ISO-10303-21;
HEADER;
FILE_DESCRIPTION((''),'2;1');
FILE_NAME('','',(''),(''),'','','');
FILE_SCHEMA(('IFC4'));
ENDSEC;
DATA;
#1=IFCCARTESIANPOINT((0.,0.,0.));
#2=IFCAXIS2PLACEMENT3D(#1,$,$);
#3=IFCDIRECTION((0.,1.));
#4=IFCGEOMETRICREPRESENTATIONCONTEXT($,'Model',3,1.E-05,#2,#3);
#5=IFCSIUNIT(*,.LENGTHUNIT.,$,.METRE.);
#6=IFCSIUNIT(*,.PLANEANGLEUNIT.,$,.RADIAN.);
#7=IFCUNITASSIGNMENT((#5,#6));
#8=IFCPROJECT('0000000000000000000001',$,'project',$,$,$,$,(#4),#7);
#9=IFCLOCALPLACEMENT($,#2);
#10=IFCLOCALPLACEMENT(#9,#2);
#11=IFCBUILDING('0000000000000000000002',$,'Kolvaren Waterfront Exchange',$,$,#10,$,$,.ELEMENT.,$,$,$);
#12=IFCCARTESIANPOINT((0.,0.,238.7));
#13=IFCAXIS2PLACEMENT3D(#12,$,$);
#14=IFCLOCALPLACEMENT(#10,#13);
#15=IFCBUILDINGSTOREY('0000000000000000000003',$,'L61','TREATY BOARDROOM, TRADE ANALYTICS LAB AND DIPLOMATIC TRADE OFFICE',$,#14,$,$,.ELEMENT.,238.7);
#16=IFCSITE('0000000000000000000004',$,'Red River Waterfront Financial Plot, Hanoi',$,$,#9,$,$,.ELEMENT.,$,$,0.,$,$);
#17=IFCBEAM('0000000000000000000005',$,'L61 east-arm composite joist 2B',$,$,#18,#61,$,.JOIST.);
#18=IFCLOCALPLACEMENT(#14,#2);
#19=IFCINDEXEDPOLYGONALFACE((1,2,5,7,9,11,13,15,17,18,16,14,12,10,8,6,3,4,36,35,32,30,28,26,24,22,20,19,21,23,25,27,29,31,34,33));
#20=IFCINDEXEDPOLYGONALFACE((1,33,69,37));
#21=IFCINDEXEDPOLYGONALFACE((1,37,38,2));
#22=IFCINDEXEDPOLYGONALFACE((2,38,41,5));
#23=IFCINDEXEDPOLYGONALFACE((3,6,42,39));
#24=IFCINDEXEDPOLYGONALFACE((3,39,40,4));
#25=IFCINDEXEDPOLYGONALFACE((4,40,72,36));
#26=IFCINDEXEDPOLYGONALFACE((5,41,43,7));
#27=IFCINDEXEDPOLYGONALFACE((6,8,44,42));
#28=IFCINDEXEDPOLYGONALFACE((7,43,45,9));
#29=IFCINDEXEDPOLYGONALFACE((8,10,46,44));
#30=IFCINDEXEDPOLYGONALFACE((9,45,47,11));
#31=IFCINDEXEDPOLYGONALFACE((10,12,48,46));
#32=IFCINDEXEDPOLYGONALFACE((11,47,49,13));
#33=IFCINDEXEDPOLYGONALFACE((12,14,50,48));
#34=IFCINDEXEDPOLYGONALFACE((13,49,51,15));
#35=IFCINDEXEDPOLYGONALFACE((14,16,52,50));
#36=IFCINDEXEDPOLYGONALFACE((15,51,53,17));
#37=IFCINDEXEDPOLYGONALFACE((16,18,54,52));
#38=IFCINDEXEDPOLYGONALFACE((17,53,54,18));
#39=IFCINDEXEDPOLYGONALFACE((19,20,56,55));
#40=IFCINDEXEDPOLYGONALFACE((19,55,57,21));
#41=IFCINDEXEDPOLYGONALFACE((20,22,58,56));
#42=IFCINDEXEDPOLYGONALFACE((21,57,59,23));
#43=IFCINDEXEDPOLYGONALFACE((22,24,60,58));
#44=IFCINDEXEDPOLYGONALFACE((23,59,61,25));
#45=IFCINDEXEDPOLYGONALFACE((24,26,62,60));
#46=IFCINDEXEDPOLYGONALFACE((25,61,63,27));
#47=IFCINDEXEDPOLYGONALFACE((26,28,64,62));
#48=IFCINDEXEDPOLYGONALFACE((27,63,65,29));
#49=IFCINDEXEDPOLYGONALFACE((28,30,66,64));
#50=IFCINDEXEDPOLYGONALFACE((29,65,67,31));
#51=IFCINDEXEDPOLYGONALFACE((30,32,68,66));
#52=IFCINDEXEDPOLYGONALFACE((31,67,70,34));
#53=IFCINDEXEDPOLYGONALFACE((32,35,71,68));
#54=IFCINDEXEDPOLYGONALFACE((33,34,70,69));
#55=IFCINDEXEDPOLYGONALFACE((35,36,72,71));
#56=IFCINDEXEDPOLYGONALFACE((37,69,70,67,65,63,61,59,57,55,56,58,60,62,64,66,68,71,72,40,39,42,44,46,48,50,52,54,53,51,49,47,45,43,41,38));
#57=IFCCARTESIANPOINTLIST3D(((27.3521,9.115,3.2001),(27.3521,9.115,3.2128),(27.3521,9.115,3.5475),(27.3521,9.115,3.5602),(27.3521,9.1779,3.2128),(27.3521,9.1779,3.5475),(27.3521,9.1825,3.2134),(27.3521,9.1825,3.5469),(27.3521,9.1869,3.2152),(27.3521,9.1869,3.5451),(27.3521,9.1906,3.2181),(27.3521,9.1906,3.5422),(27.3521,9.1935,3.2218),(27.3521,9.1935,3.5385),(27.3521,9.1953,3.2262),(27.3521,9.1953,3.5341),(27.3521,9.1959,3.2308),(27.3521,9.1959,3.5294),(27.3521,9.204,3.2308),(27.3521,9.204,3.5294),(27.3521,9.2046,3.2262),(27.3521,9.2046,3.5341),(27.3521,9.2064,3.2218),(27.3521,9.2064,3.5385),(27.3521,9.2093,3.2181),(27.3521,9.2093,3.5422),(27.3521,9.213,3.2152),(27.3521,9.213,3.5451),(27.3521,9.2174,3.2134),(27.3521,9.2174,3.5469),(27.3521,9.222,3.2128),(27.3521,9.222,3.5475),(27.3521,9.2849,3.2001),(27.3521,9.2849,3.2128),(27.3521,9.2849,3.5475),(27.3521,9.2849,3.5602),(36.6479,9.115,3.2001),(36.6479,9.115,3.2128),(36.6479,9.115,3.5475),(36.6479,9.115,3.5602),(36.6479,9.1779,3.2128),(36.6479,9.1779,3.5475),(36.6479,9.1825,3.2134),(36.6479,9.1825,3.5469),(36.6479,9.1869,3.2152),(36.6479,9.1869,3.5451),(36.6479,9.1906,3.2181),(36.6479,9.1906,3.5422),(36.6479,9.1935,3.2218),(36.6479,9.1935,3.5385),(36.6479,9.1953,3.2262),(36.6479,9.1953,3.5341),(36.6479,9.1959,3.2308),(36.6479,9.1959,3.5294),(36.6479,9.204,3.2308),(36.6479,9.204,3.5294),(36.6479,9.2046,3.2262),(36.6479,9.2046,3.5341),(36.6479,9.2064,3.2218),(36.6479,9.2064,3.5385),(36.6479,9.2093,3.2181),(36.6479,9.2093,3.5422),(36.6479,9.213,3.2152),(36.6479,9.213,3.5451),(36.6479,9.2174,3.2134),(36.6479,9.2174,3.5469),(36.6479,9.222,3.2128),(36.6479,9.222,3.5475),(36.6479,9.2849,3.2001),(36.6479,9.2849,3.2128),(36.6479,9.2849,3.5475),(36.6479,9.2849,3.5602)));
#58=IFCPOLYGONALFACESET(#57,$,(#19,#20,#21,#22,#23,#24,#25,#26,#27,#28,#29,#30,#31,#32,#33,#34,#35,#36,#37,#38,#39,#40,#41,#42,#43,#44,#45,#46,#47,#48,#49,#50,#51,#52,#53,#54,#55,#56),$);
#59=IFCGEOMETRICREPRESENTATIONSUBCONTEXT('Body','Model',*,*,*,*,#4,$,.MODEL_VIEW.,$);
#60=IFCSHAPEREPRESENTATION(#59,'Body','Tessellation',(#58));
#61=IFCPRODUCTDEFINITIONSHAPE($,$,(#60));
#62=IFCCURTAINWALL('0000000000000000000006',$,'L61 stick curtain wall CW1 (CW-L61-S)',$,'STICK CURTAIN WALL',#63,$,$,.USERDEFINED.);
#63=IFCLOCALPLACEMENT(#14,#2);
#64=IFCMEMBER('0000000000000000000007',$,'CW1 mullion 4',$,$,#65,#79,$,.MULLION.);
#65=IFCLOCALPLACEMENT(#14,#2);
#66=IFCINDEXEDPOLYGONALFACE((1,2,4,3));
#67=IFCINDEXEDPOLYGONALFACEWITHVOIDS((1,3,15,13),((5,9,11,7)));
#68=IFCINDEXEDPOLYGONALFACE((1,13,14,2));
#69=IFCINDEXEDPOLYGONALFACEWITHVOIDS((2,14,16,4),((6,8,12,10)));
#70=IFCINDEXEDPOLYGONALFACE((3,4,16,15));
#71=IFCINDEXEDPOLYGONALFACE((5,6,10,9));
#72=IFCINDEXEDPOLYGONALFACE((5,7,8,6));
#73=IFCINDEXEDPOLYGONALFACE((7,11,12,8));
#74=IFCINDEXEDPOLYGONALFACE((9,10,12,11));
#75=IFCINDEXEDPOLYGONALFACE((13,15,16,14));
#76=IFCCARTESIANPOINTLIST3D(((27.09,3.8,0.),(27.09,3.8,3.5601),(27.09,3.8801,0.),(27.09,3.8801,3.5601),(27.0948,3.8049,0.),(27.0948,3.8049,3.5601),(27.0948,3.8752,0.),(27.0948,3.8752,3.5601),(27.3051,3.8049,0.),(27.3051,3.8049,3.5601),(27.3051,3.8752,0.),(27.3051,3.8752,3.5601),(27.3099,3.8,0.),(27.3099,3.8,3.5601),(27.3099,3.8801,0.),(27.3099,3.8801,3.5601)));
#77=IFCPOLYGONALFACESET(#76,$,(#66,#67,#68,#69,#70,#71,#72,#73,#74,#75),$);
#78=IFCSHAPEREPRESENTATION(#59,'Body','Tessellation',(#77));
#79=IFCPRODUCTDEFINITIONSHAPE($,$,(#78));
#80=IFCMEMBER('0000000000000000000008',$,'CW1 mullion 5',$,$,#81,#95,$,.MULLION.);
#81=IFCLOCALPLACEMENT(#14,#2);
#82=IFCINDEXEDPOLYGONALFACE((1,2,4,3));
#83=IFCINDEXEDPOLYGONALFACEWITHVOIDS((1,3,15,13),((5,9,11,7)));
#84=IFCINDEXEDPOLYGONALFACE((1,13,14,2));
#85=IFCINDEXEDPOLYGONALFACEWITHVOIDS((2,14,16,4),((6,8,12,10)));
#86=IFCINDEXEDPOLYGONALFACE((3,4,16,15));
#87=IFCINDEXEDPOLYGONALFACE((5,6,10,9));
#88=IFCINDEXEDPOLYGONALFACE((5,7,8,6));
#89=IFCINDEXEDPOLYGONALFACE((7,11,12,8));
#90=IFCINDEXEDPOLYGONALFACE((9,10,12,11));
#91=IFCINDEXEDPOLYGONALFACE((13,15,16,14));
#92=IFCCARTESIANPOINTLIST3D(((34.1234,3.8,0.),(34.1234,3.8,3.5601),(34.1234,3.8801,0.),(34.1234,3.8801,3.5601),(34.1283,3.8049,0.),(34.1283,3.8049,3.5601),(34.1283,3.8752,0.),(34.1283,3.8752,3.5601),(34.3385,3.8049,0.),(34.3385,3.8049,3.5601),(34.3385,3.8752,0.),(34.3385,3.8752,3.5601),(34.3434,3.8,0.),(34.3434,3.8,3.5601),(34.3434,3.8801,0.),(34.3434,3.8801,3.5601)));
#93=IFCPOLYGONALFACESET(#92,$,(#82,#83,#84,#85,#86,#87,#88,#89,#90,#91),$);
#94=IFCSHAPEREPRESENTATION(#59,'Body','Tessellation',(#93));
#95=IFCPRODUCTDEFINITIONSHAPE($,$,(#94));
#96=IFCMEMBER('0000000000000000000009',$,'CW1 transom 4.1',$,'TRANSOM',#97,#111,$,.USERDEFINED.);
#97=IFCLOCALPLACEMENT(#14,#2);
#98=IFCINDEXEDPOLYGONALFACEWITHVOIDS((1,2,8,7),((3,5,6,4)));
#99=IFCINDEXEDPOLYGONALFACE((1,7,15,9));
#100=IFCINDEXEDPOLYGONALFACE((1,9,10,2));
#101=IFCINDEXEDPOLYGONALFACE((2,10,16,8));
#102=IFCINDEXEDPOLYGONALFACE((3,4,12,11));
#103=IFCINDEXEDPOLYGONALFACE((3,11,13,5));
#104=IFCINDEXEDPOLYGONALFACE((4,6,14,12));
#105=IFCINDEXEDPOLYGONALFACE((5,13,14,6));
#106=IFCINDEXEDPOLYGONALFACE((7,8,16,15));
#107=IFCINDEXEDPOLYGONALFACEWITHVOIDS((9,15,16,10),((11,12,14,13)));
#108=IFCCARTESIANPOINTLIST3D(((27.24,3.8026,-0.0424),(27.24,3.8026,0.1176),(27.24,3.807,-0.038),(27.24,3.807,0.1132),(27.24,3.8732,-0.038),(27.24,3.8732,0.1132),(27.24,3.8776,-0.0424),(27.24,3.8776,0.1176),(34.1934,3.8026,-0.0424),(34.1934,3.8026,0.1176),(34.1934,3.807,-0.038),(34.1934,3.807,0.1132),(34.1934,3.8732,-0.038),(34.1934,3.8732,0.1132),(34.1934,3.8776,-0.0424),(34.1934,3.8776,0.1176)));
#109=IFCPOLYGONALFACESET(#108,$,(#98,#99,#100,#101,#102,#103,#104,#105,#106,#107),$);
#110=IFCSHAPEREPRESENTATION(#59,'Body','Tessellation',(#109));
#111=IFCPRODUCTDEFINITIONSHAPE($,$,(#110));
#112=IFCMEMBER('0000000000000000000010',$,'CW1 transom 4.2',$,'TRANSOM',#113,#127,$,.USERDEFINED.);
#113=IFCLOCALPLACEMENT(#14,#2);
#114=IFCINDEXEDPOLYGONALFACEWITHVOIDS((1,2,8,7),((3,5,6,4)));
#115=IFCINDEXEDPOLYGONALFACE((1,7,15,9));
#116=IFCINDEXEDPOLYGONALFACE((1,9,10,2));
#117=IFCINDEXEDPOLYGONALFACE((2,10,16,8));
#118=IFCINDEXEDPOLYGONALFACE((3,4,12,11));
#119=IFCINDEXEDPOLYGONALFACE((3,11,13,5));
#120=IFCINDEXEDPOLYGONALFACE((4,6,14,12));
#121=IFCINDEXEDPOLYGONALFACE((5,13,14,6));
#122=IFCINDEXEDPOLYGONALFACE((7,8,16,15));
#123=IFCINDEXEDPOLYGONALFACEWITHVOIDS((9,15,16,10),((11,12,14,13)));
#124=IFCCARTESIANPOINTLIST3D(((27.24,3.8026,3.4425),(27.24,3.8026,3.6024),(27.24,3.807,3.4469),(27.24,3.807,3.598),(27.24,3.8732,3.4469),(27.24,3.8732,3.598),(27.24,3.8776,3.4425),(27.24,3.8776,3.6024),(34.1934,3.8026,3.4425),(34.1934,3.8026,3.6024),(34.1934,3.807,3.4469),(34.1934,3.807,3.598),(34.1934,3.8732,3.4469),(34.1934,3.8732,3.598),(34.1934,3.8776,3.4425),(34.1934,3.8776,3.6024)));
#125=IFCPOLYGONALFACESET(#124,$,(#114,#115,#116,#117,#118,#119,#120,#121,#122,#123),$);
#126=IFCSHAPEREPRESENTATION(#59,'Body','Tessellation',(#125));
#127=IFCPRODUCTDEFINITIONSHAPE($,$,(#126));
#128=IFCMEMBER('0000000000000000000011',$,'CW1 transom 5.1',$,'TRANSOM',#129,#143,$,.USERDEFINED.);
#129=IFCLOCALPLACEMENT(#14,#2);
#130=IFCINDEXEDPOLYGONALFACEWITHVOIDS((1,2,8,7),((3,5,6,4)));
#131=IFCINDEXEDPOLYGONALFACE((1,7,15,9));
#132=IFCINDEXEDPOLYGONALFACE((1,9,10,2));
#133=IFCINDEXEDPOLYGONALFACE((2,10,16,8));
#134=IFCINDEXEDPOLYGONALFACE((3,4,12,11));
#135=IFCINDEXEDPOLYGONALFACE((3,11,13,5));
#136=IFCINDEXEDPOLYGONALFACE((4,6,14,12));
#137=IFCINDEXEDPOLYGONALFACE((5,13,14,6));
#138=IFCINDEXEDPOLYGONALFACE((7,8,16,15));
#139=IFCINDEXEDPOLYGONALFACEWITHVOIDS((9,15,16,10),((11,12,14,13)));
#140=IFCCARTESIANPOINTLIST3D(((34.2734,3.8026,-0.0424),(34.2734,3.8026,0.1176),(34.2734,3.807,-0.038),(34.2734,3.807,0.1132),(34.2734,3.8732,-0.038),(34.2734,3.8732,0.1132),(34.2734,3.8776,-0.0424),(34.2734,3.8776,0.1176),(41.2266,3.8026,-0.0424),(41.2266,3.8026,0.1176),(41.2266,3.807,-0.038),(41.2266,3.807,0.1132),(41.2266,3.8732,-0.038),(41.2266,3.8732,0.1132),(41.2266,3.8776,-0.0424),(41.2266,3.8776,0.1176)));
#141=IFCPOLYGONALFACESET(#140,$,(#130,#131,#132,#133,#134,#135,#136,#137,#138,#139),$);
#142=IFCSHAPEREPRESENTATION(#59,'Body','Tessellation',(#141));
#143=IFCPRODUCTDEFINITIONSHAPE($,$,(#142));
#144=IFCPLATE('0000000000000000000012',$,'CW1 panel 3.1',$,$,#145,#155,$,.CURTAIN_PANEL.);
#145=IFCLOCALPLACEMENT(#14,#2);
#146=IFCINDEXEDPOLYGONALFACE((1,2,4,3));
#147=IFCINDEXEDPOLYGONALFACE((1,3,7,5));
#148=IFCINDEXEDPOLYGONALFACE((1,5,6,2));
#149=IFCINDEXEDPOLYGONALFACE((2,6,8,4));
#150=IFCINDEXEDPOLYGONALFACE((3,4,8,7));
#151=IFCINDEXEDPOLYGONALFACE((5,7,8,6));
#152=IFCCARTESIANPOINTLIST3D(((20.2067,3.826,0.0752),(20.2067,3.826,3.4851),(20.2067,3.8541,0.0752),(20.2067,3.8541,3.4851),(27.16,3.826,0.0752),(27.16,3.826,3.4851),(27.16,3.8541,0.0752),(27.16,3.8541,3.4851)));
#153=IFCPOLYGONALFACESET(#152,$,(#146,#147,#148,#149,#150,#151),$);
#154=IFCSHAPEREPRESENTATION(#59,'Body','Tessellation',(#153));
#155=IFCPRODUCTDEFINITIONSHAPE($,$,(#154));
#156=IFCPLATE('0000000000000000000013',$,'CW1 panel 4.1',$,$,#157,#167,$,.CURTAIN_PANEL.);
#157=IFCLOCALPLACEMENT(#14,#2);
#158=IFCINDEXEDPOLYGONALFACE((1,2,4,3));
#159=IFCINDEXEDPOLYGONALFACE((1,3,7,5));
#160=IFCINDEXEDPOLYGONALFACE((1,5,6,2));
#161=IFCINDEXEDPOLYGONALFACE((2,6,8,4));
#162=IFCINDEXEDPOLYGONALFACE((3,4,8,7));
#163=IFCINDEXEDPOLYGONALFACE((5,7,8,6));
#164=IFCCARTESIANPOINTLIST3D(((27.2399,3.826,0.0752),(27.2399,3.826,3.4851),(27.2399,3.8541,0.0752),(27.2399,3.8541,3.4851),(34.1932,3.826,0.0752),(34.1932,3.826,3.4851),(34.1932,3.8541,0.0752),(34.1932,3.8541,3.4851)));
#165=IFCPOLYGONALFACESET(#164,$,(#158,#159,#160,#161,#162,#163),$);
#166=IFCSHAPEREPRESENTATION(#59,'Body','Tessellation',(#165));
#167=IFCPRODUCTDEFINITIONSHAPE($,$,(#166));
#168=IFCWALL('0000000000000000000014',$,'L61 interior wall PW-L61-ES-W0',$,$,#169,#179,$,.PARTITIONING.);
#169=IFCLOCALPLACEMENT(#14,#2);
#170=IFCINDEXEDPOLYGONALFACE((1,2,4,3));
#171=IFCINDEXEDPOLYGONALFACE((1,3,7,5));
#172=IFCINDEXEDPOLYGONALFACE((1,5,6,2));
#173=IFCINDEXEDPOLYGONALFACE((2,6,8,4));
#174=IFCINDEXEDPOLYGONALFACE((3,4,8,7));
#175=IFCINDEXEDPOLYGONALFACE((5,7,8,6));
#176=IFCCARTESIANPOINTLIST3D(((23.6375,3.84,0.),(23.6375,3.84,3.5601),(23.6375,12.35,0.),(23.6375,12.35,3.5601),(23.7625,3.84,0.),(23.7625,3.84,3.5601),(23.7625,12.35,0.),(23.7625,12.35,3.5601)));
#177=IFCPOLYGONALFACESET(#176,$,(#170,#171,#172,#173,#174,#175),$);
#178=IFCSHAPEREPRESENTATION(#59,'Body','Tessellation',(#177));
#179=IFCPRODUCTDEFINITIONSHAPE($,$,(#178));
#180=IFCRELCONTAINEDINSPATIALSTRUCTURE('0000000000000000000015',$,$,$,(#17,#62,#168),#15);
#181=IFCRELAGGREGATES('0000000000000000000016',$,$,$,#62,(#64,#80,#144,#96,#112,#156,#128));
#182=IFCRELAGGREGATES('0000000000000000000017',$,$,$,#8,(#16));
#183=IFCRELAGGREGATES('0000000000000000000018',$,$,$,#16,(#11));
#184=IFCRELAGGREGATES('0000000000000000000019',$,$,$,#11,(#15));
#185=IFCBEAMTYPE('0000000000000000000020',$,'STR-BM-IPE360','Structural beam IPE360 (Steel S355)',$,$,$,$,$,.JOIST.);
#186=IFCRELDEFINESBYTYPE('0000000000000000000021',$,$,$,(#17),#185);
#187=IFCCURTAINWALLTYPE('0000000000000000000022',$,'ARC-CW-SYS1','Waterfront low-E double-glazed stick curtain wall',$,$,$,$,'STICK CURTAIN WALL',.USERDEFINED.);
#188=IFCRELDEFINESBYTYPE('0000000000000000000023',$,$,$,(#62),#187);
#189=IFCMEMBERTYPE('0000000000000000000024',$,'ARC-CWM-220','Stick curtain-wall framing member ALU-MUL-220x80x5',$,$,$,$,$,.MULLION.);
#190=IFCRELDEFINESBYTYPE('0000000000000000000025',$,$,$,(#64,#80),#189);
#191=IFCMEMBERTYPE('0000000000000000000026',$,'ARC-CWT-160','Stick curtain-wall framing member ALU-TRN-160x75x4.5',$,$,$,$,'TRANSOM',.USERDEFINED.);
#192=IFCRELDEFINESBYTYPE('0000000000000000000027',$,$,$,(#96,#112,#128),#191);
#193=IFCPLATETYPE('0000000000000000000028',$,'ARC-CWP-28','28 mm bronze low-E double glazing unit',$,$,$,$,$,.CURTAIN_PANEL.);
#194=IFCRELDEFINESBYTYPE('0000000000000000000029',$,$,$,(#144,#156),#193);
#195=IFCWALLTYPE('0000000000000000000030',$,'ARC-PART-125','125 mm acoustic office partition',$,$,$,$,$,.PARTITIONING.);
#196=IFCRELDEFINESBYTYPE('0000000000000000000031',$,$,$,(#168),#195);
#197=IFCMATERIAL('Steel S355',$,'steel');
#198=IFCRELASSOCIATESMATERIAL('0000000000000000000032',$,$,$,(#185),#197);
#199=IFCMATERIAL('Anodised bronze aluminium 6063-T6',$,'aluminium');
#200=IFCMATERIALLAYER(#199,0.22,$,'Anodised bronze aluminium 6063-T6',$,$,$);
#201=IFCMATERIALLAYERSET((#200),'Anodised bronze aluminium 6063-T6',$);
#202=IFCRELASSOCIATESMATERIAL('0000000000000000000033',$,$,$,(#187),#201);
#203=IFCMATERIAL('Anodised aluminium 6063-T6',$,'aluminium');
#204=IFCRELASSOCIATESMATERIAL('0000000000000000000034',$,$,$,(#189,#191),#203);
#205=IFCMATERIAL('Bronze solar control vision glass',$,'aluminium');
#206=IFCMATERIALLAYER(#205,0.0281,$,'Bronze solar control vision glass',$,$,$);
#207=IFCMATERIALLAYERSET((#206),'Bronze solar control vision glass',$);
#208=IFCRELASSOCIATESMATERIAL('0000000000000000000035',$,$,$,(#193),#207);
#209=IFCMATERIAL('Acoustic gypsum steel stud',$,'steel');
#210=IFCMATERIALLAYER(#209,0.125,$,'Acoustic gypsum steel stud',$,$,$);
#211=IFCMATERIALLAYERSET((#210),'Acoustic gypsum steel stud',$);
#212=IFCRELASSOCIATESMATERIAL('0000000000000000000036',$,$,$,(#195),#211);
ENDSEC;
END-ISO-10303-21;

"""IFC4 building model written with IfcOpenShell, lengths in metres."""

from ifc_helpers import new_model, si_unit, direction, frame, frame_2d, origin, origin_with_axes, origin_2d, place, context, subcontext, project, spatial, rectangle, hollow_rectangle, i_section, extrude, source, transform, mapped, material, layer, layer_set, material_profile, profile_set, type_object, element, aggregate, save


model = new_model("IFC4")

# Units and contexts
model_context = context("Model", 3, precision=1e-05, world=origin(), true_north=direction((0.0, 1.0)))
body_context = subcontext(model_context, "Body", "Model", "MODEL_VIEW")
ifc_project = project(units=[si_unit("LENGTHUNIT", "METRE"), si_unit("PLANEANGLEUNIT", "RADIAN")], contexts=[model_context])

# Site, building, storey
site_placement = place(None, origin())
site = spatial("IfcSite", under=ifc_project, at=site_placement, Name="Red River Waterfront Financial Plot, Hanoi", CompositionType="ELEMENT", RefElevation=0.0)
building_placement = place(site_placement, origin())
building = spatial("IfcBuilding", under=site, at=building_placement, Name="Kolvaren Waterfront Exchange", CompositionType="ELEMENT")
storey_placement = place(building_placement, frame((0.0, 0.0, 238.7)))
storey = spatial("IfcBuildingStorey", under=building, at=storey_placement, Name="L61", Description="TREATY BOARDROOM, TRADE ANALYTICS LAB AND DIPLOMATIC TRADE OFFICE", CompositionType="ELEMENT", Elevation=238.7)

# Beam
ifc_material_1 = material(Name="Steel S355", Category="steel")
ifc_material_profile_1 = material_profile(ifc_material_1, i_section(OverallWidth=0.1699, OverallDepth=0.3601, WebThickness=0.0081, FlangeThickness=0.0127, FilletRadius=0.0181, at=origin_2d()), Name="IPE360")
ifc_profile_set_1 = profile_set([ifc_material_profile_1], Name="Steel S355")
beam_type_1 = type_object("IfcBeamType", Name="STR-BM-IPE360", Description="Structural beam IPE360 (Steel S355)", PredefinedType="JOIST", material=ifc_profile_set_1)
beam_1_placement = place(storey_placement, frame((27.3521, 9.2, 3.3801), z_axis=(1.0, 0.0, 0.0), x_axis=(0.0, 1.0, 0.0)))
element("IfcBeam", 1, at=beam_1_placement, inside=storey, type_object=beam_type_1, Name="L61 east-arm composite joist 2B", PredefinedType="JOIST", context=body_context, shape_type="SweptSolid", body=[
    extrude(i_section(OverallWidth=0.1699, OverallDepth=0.3601, WebThickness=0.0081, FlangeThickness=0.0127, FilletRadius=0.0181, at=origin_2d()), origin(), (0.0, 0.0, 1.0), 9.2959),
])

# Curtain wall, members, plates
ifc_material_2 = material(Name="Anodised bronze aluminium 6063-T6", Category="aluminium")
ifc_layer_1 = layer(ifc_material_2, 0.22, Name="Anodised bronze aluminium 6063-T6")
ifc_layer_set_1 = layer_set([ifc_layer_1], Name="Anodised bronze aluminium 6063-T6")
curtain_wall_type = type_object("IfcCurtainWallType", Name="ARC-CW-SYS1", Description="Waterfront low-E double-glazed stick curtain wall", ElementType="STICK CURTAIN WALL", PredefinedType="USERDEFINED", material=ifc_layer_set_1)
curtain_wall_placement = place(storey_placement, origin())
curtain_wall = element("IfcCurtainWall", 2, at=curtain_wall_placement, inside=storey, type_object=curtain_wall_type, Name="L61 stick curtain wall CW1 (CW-L61-S)", ObjectType="STICK CURTAIN WALL", PredefinedType="USERDEFINED")
ifc_material_3 = material(Name="Anodised aluminium 6063-T6", Category="aluminium")
ifc_material_profile_2 = material_profile(ifc_material_3, hollow_rectangle(XDim=0.0801, YDim=0.22, WallThickness=0.0049, at=origin_2d()), Name="ALU-MUL-220x80x5")
ifc_profile_set_2 = profile_set([ifc_material_profile_2], Name="Anodised aluminium 6063-T6")
member_type_1 = type_object("IfcMemberType", Name="ARC-CWM-220", Description="Stick curtain-wall framing member ALU-MUL-220x80x5", PredefinedType="MULLION", material=ifc_profile_set_2)
shared_shape_1 = source(origin_with_axes(), body_context, "Body", "SweptSolid", [
    extrude(hollow_rectangle(XDim=0.0801, YDim=0.22, WallThickness=0.0049, at=origin_2d()), origin(), (0.0, 0.0, 1.0), 3.5601),
])
member_1_placement = place(storey_placement, frame((27.2, 3.8401, 0.0), z_axis=(0.0, 0.0, 1.0), x_axis=(0.0, 1.0, 0.0)))
member_1 = element("IfcMember", 3, at=member_1_placement, type_object=member_type_1, Name="CW1 mullion 4", PredefinedType="MULLION", context=body_context, shape_type="MappedRepresentation", body=[
    mapped(shared_shape_1, transform((0.0, 0.0, 0.0), x_axis=(1.0, 0.0, 0.0), y_axis=(0.0, 1.0, 0.0), z_axis=(0.0, 0.0, 1.0), scale=1.0)),
])
member_2_placement = place(storey_placement, frame((34.2334, 3.8401, 0.0), z_axis=(0.0, 0.0, 1.0), x_axis=(0.0, 1.0, 0.0)))
member_2 = element("IfcMember", 4, at=member_2_placement, type_object=member_type_1, Name="CW1 mullion 5", PredefinedType="MULLION", context=body_context, shape_type="MappedRepresentation", body=[
    mapped(shared_shape_1, transform((0.0, 0.0, 0.0), x_axis=(1.0, 0.0, 0.0), y_axis=(0.0, 1.0, 0.0), z_axis=(0.0, 0.0, 1.0), scale=1.0)),
])
ifc_material_profile_3 = material_profile(ifc_material_3, hollow_rectangle(XDim=0.075, YDim=0.1599, WallThickness=0.0044, at=origin_2d()), Name="ALU-TRN-160x75x4.5")
ifc_profile_set_3 = profile_set([ifc_material_profile_3], Name="Anodised aluminium 6063-T6")
member_type_2 = type_object("IfcMemberType", Name="ARC-CWT-160", Description="Stick curtain-wall framing member ALU-TRN-160x75x4.5", ElementType="TRANSOM", PredefinedType="USERDEFINED", material=ifc_profile_set_3)
shared_shape_2 = source(origin_with_axes(), body_context, "Body", "SweptSolid", [
    extrude(hollow_rectangle(XDim=0.075, YDim=0.1599, WallThickness=0.0044, at=origin_2d()), origin(), (0.0, 0.0, 1.0), 6.9534),
])
member_3_placement = place(storey_placement, frame((27.24, 3.8401, 0.0376), z_axis=(1.0, 0.0, 0.0), x_axis=(0.0, 1.0, 0.0)))
member_3 = element("IfcMember", 5, at=member_3_placement, type_object=member_type_2, Name="CW1 transom 4.1", ObjectType="TRANSOM", PredefinedType="USERDEFINED", context=body_context, shape_type="MappedRepresentation", body=[
    mapped(shared_shape_2, transform((0.0, 0.0, 0.0), x_axis=(1.0, 0.0, 0.0), y_axis=(0.0, 1.0, 0.0), z_axis=(0.0, 0.0, 1.0), scale=1.0)),
])
member_4_placement = place(storey_placement, frame((27.24, 3.8401, 3.5225), z_axis=(1.0, 0.0, 0.0), x_axis=(0.0, 1.0, 0.0)))
member_4 = element("IfcMember", 6, at=member_4_placement, type_object=member_type_2, Name="CW1 transom 4.2", ObjectType="TRANSOM", PredefinedType="USERDEFINED", context=body_context, shape_type="MappedRepresentation", body=[
    mapped(shared_shape_2, transform((0.0, 0.0, 0.0), x_axis=(1.0, 0.0, 0.0), y_axis=(0.0, 1.0, 0.0), z_axis=(0.0, 0.0, 1.0), scale=1.0)),
])
shared_shape_3 = source(origin_with_axes(), body_context, "Body", "SweptSolid", [
    extrude(hollow_rectangle(XDim=0.075, YDim=0.1599, WallThickness=0.0044, at=origin_2d()), origin(), (0.0, 0.0, 1.0), 6.9531),
])
member_5_placement = place(storey_placement, frame((34.2734, 3.8401, 0.0376), z_axis=(1.0, 0.0, 0.0), x_axis=(0.0, 1.0, 0.0)))
member_5 = element("IfcMember", 7, at=member_5_placement, type_object=member_type_2, Name="CW1 transom 5.1", ObjectType="TRANSOM", PredefinedType="USERDEFINED", context=body_context, shape_type="MappedRepresentation", body=[
    mapped(shared_shape_3, transform((0.0, 0.0, 0.0), x_axis=(1.0, 0.0, 0.0), y_axis=(0.0, 1.0, 0.0), z_axis=(0.0, 0.0, 1.0), scale=1.0)),
])
ifc_material_4 = material(Name="Bronze solar control vision glass", Category="aluminium")
ifc_layer_2 = layer(ifc_material_4, 0.0281, Name="Bronze solar control vision glass")
ifc_layer_set_2 = layer_set([ifc_layer_2], Name="Bronze solar control vision glass")
plate_type = type_object("IfcPlateType", Name="ARC-CWP-28", Description="28 mm bronze low-E double glazing unit", PredefinedType="CURTAIN_PANEL", material=ifc_layer_set_2)
shared_shape_4 = source(origin_with_axes(), body_context, "Body", "SweptSolid", [
    extrude(rectangle(XDim=6.9534, YDim=0.0281, at=origin_2d()), origin(), (0.0, 0.0, 1.0), 3.4099),
])
plate_1_placement = place(storey_placement, frame((23.6833, 3.8401, 0.0752), z_axis=(0.0, 0.0, 1.0), x_axis=(1.0, 0.0, 0.0)))
plate_1 = element("IfcPlate", 8, at=plate_1_placement, type_object=plate_type, Name="CW1 panel 3.1", PredefinedType="CURTAIN_PANEL", context=body_context, shape_type="MappedRepresentation", body=[
    mapped(shared_shape_4, transform((0.0, 0.0, 0.0), x_axis=(1.0, 0.0, 0.0), y_axis=(0.0, 1.0, 0.0), z_axis=(0.0, 0.0, 1.0), scale=1.0)),
])
plate_2_placement = place(storey_placement, frame((30.7166, 3.8401, 0.0752), z_axis=(0.0, 0.0, 1.0), x_axis=(1.0, 0.0, 0.0)))
plate_2 = element("IfcPlate", 9, at=plate_2_placement, type_object=plate_type, Name="CW1 panel 4.1", PredefinedType="CURTAIN_PANEL", context=body_context, shape_type="MappedRepresentation", body=[
    mapped(shared_shape_4, transform((0.0, 0.0, 0.0), x_axis=(1.0, 0.0, 0.0), y_axis=(0.0, 1.0, 0.0), z_axis=(0.0, 0.0, 1.0), scale=1.0)),
])
aggregate(curtain_wall, [member_1, member_2, plate_1, member_3, member_4, plate_2, member_5])

# Wall
ifc_material_5 = material(Name="Acoustic gypsum steel stud", Category="steel")
ifc_layer_3 = layer(ifc_material_5, 0.125, Name="Acoustic gypsum steel stud")
ifc_layer_set_3 = layer_set([ifc_layer_3], Name="Acoustic gypsum steel stud")
wall_type = type_object("IfcWallType", Name="ARC-PART-125", Description="125 mm acoustic office partition", PredefinedType="PARTITIONING", material=ifc_layer_set_3)
wall_1_placement = place(storey_placement, frame((23.7, 3.8401, 0.0), z_axis=(0.0, 0.0, 1.0), x_axis=(0.0, 1.0, 0.0)))
element("IfcWall", 10, at=wall_1_placement, inside=storey, type_object=wall_type, Name="L61 interior wall PW-L61-ES-W0", PredefinedType="PARTITIONING", context=body_context, shape_type="SweptSolid", body=[
    extrude(rectangle(XDim=8.51, YDim=0.125, at=frame_2d((4.2549, 0.0))), origin(), (0.0, 0.0, 1.0), 3.5601),
])

save(model, "model.ifc")
